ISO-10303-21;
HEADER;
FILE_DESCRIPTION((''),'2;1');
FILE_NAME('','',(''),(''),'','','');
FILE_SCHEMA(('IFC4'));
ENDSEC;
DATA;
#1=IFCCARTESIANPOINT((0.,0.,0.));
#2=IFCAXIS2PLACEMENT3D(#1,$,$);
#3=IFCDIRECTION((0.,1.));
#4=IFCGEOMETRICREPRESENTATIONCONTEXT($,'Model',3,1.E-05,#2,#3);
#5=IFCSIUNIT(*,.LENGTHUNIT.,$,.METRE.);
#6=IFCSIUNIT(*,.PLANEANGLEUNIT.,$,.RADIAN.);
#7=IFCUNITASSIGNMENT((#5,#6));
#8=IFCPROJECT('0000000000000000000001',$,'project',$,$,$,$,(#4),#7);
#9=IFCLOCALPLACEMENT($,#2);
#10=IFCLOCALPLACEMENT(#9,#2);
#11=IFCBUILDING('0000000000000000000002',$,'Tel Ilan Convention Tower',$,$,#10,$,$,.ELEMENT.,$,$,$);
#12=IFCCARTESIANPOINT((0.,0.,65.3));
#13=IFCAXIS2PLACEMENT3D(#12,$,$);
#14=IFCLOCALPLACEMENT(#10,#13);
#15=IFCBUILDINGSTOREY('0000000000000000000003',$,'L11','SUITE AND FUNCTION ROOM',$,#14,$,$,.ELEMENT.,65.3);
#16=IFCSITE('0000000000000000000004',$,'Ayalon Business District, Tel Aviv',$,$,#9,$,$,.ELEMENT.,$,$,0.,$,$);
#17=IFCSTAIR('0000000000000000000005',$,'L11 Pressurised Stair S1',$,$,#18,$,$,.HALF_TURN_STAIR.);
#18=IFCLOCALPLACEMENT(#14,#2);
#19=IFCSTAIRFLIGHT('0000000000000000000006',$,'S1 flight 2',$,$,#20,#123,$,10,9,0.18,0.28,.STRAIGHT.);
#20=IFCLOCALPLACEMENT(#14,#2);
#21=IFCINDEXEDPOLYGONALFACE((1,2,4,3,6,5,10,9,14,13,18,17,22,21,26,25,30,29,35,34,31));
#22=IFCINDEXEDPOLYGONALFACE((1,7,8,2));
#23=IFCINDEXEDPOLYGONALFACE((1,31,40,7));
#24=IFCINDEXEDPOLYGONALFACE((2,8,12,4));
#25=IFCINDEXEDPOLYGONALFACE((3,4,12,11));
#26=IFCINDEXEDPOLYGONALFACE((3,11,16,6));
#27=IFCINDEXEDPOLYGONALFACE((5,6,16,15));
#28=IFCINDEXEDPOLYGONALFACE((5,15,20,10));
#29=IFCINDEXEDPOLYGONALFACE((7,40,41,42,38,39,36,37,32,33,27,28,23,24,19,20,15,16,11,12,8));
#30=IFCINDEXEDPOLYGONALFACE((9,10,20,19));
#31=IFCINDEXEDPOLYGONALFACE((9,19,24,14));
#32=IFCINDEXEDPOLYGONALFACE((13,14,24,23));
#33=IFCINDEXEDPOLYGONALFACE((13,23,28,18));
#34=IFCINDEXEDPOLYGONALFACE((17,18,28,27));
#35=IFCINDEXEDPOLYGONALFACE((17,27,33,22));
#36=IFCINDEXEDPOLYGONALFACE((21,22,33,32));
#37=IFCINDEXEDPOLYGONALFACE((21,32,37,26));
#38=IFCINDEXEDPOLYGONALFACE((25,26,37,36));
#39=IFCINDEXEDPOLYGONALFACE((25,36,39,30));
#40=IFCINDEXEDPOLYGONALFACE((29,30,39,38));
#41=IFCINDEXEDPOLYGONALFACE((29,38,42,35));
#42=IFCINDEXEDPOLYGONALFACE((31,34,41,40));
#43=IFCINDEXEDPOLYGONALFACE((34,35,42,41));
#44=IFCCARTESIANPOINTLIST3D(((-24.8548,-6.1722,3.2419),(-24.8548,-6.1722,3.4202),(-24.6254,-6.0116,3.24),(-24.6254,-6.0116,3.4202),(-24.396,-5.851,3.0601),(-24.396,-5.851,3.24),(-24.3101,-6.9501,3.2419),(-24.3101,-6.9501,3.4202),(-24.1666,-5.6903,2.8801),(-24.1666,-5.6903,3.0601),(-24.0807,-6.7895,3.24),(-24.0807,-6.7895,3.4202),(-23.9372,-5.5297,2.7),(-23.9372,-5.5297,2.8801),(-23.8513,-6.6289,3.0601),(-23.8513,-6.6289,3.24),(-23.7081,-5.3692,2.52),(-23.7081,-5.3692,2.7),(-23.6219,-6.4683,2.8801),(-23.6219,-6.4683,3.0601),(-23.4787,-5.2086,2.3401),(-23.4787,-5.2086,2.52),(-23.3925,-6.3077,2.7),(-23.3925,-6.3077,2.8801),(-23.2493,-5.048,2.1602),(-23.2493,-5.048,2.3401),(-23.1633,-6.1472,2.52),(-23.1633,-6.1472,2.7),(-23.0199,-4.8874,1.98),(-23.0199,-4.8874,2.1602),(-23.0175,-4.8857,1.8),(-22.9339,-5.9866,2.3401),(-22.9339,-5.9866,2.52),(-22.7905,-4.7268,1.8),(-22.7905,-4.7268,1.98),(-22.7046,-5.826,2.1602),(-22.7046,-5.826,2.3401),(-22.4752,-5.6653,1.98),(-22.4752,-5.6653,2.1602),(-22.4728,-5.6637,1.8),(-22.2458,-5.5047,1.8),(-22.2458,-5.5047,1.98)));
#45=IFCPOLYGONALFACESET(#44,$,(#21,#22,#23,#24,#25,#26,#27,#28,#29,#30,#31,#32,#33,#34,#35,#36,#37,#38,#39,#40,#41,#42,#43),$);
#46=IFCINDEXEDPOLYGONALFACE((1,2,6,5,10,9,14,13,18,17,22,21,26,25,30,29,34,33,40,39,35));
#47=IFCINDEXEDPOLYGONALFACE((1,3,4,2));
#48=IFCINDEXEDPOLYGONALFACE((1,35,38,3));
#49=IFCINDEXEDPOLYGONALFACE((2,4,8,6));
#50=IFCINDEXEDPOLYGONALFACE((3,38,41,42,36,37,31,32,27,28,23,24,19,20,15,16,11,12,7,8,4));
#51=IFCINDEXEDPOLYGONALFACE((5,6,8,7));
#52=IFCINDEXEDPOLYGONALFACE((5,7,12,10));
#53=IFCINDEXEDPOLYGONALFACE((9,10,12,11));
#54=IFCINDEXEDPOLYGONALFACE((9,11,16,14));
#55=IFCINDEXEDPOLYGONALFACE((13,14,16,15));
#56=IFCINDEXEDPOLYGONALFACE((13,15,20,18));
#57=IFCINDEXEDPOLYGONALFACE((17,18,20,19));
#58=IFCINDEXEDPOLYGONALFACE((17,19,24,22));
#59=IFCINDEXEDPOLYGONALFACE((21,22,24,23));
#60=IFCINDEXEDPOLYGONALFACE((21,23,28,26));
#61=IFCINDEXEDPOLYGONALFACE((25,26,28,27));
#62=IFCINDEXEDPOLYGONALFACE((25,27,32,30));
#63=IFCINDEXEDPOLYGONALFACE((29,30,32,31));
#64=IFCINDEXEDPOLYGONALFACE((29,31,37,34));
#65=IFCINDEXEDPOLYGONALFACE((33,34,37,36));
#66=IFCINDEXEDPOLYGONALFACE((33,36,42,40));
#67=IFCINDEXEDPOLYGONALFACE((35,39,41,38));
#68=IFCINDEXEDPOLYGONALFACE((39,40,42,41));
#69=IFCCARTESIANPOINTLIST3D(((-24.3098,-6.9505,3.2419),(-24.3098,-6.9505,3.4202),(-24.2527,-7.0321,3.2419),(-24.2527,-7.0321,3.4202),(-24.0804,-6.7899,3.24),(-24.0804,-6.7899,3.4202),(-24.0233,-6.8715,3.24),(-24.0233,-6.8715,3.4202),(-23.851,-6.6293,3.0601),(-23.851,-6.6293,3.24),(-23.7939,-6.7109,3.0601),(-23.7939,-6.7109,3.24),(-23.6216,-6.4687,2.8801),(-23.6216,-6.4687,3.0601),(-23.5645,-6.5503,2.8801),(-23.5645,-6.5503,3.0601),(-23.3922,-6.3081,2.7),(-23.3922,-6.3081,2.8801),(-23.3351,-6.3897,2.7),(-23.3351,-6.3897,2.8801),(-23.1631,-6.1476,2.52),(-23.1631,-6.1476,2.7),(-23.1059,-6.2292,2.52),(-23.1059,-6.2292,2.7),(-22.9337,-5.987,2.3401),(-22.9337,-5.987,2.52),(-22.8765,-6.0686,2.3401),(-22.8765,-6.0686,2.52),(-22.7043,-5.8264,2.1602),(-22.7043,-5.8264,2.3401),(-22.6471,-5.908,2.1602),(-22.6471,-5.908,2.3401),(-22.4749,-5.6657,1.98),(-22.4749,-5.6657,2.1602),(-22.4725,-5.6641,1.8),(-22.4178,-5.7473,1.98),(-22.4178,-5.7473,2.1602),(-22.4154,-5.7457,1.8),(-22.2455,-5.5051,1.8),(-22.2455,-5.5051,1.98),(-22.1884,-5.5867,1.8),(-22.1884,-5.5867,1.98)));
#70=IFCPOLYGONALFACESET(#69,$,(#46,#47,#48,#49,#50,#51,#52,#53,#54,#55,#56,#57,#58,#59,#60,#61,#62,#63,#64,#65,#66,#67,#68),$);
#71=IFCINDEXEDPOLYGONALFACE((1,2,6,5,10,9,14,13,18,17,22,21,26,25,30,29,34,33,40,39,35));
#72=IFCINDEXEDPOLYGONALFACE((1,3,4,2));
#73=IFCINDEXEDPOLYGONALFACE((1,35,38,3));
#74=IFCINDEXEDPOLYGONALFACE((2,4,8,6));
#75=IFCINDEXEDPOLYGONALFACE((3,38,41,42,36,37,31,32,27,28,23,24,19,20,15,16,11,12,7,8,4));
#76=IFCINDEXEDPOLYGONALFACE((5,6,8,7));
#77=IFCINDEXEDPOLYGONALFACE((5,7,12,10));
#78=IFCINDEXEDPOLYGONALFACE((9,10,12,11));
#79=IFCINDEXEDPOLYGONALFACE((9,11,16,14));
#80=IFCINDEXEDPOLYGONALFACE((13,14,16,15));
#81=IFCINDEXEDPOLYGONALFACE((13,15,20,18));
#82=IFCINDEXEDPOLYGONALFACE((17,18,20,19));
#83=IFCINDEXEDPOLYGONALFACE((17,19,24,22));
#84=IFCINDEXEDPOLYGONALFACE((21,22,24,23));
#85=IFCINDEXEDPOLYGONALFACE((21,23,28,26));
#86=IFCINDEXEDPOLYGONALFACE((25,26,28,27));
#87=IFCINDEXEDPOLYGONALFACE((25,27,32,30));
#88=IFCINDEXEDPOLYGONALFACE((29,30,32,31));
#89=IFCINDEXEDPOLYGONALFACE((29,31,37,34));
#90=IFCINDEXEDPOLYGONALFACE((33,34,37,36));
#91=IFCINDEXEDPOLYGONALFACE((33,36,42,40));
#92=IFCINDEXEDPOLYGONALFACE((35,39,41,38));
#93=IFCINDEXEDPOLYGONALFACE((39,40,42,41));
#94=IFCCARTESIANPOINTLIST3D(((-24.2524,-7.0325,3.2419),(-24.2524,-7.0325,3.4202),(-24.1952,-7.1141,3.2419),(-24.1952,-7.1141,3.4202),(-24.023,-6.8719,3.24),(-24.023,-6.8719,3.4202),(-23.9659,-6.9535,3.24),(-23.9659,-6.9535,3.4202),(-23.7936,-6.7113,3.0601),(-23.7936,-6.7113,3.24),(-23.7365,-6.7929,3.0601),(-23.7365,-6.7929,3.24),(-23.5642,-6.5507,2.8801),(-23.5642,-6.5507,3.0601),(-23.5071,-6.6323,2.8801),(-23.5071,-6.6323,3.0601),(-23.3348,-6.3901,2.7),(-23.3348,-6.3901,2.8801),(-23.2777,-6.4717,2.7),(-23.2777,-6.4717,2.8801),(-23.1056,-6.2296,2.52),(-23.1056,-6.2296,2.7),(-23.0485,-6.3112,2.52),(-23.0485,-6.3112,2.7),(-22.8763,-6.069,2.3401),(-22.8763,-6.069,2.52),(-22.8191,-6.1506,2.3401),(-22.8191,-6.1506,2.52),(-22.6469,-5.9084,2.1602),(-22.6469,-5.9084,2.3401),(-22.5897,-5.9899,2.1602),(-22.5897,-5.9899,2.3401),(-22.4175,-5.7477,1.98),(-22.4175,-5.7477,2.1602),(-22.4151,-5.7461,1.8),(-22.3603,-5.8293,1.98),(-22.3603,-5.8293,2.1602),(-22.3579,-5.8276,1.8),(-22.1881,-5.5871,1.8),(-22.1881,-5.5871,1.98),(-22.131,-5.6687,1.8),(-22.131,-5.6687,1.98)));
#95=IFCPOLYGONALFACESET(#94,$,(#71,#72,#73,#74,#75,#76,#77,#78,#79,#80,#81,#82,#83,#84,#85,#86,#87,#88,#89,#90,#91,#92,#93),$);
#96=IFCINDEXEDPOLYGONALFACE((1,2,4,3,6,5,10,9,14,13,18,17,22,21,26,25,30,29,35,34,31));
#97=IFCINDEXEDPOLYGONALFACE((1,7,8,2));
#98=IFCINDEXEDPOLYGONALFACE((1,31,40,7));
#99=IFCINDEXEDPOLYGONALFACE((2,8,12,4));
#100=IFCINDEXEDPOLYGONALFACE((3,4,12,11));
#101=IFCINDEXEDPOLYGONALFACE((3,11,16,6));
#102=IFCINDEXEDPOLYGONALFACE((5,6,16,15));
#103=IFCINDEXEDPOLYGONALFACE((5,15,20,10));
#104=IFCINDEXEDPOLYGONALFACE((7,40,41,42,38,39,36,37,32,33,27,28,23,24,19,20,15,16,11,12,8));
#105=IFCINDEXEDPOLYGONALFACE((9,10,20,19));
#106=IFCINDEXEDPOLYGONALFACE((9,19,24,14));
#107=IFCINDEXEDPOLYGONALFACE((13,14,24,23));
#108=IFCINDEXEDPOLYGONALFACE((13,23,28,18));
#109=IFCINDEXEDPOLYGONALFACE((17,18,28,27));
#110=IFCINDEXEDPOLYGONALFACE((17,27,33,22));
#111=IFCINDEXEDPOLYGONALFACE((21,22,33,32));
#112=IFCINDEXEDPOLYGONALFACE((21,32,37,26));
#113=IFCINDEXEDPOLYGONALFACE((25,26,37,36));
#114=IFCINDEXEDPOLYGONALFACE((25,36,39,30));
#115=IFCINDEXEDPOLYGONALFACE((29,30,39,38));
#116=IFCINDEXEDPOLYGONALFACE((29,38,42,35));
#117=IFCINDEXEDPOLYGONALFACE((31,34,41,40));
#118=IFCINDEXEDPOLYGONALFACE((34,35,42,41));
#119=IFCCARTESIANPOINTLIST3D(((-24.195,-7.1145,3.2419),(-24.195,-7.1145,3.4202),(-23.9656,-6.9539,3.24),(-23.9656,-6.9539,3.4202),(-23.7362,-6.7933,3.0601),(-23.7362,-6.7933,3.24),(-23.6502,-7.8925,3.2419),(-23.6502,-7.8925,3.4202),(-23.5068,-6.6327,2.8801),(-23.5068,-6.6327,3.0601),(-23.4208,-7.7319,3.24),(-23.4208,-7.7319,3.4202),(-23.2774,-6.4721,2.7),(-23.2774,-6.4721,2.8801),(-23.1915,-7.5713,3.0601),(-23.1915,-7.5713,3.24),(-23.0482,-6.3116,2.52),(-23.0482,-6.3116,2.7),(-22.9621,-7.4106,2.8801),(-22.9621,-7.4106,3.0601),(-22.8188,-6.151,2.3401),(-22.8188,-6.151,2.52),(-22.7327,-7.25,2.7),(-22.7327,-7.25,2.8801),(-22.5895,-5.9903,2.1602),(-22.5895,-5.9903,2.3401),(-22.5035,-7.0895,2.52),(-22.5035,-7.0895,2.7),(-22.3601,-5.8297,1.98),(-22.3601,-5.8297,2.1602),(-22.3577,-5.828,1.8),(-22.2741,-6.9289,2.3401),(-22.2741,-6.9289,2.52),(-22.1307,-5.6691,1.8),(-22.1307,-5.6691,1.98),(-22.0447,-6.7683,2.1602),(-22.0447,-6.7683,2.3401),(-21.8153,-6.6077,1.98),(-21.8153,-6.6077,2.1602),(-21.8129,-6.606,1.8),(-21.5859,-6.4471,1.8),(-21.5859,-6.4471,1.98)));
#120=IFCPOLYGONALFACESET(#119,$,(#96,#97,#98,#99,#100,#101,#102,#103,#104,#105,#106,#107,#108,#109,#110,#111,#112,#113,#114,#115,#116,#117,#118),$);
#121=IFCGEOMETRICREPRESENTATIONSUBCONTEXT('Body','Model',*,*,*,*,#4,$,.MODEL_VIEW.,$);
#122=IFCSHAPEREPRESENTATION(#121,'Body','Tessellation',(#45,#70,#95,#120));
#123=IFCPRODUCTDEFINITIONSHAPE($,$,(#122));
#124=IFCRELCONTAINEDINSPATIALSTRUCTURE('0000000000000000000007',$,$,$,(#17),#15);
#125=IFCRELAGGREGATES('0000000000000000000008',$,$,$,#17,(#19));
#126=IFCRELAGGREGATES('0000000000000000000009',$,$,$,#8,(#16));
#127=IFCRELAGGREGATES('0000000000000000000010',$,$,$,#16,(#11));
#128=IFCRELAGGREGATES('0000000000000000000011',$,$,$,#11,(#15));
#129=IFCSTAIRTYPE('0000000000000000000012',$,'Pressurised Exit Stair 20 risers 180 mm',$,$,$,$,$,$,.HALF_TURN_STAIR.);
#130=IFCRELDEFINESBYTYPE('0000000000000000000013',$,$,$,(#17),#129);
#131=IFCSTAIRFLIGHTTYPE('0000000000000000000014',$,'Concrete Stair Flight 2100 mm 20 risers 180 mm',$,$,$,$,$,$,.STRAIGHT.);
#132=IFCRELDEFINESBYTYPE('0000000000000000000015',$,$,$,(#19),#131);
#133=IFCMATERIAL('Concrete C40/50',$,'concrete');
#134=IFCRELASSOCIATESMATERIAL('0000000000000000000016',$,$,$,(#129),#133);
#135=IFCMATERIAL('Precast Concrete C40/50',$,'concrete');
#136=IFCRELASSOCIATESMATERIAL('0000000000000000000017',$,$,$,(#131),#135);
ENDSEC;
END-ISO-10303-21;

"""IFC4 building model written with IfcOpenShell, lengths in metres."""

from ifc_helpers import new_model, si_unit, direction, frame, origin, place, context, subcontext, project, spatial, polyline, outline, extrude, material, type_object, element, aggregate, save


model = new_model("IFC4")

# Units and contexts
model_context = context("Model", 3, precision=1e-05, world=origin(), true_north=direction((0.0, 1.0)))
body_context = subcontext(model_context, "Body", "Model", "MODEL_VIEW")
ifc_project = project(units=[si_unit("LENGTHUNIT", "METRE"), si_unit("PLANEANGLEUNIT", "RADIAN")], contexts=[model_context])

# Site, building, storey
site_placement = place(None, origin())
site = spatial("IfcSite", under=ifc_project, at=site_placement, Name="Ayalon Business District, Tel Aviv", CompositionType="ELEMENT", RefElevation=0.0)
building_placement = place(site_placement, origin())
building = spatial("IfcBuilding", under=site, at=building_placement, Name="Tel Ilan Convention Tower", CompositionType="ELEMENT")
storey_placement = place(building_placement, frame((0.0, 0.0, 65.3)))
storey = spatial("IfcBuildingStorey", under=building, at=storey_placement, Name="L11", Description="SUITE AND FUNCTION ROOM", CompositionType="ELEMENT", Elevation=65.3)

# Stair, stair flight
ifc_material_1 = material(Name="Concrete C40/50", Category="concrete")
stair_type = type_object("IfcStairType", Name="Pressurised Exit Stair 20 risers 180 mm", PredefinedType="HALF_TURN_STAIR", material=ifc_material_1)
stair_1_placement = place(storey_placement, origin())
stair_1 = element("IfcStair", 1, at=stair_1_placement, inside=storey, type_object=stair_type, Name="L11 Pressurised Stair S1", PredefinedType="HALF_TURN_STAIR")
ifc_material_2 = material(Name="Precast Concrete C40/50", Category="concrete")
stair_flight_type = type_object("IfcStairFlightType", Name="Concrete Stair Flight 2100 mm 20 risers 180 mm", PredefinedType="STRAIGHT", material=ifc_material_2)
stair_flight_1_placement = place(storey_placement, frame((-22.1882, -5.5869, 1.8), z_axis=(0.0, 0.0, 1.0), x_axis=(-0.819152, -0.573576, 0.0)))
stair_flight_1 = element("IfcStairFlight", 2, at=stair_flight_1_placement, type_object=stair_flight_type, Name="S1 flight 2", NumberOfRisers=10, NumberOfTreads=9, PredefinedType="STRAIGHT", RiserHeight=0.18, TreadLength=0.28, context=body_context, shape_type="SweptSolid", body=[
    extrude(outline(polyline([(0.0, 0.0), (0.0, 0.1799), (0.28, 0.1799), (0.28, 0.3601), (0.5601, 0.3601), (0.5601, 0.54), (0.8401, 0.54), (0.8401, 0.72), (1.1201, 0.72), (1.1201, 0.8999), (1.3999, 0.8999), (1.3999, 1.0801), (1.6799, 1.0801), (1.6799, 1.26), (1.96, 1.26), (1.96, 1.4399), (2.24, 1.4399), (2.24, 1.6201), (2.52, 1.6201), (2.52, 1.8), (2.52, 1.4419), (0.2771, 0.0), (0.0, 0.0)])), frame((0.0, -0.1003, 0.0), z_axis=(0.0, -1.0, 0.0), x_axis=(1.0, 0.0, 0.0)), (0.0, 0.0, 1.0), 0.9497),
    extrude(outline(polyline([(0.0, 0.0), (0.0, 0.1799), (0.28, 0.1799), (0.28, 0.3601), (0.5601, 0.3601), (0.5601, 0.54), (0.8401, 0.54), (0.8401, 0.72), (1.1201, 0.72), (1.1201, 0.8999), (1.3999, 0.8999), (1.3999, 1.0801), (1.6799, 1.0801), (1.6799, 1.26), (1.96, 1.26), (1.96, 1.4399), (2.24, 1.4399), (2.24, 1.6201), (2.52, 1.6201), (2.52, 1.8), (2.52, 1.4419), (0.2771, 0.0), (0.0, 0.0)])), frame((0.0, -0.0002, 0.0), z_axis=(0.0, -1.0, 0.0), x_axis=(1.0, 0.0, 0.0)), (0.0, 0.0, 1.0), 0.0996),
    extrude(outline(polyline([(0.0, 0.0), (0.0, 0.1799), (0.28, 0.1799), (0.28, 0.3601), (0.5601, 0.3601), (0.5601, 0.54), (0.8401, 0.54), (0.8401, 0.72), (1.1201, 0.72), (1.1201, 0.8999), (1.3999, 0.8999), (1.3999, 1.0801), (1.6799, 1.0801), (1.6799, 1.26), (1.96, 1.26), (1.96, 1.4399), (2.24, 1.4399), (2.24, 1.6201), (2.52, 1.6201), (2.52, 1.8), (2.52, 1.4419), (0.2771, 0.0), (0.0, 0.0)])), frame((0.0, 0.0999, 0.0), z_axis=(0.0, -1.0, 0.0), x_axis=(1.0, 0.0, 0.0)), (0.0, 0.0, 1.0), 0.0996),
    extrude(outline(polyline([(0.0, 0.0), (0.0, 0.1799), (0.28, 0.1799), (0.28, 0.3601), (0.5601, 0.3601), (0.5601, 0.54), (0.8401, 0.54), (0.8401, 0.72), (1.1201, 0.72), (1.1201, 0.8999), (1.3999, 0.8999), (1.3999, 1.0801), (1.6799, 1.0801), (1.6799, 1.26), (1.96, 1.26), (1.96, 1.4399), (2.24, 1.4399), (2.24, 1.6201), (2.52, 1.6201), (2.52, 1.8), (2.52, 1.4419), (0.2771, 0.0), (0.0, 0.0)])), frame((0.0, 1.05, 0.0), z_axis=(0.0, -1.0, 0.0), x_axis=(1.0, 0.0, 0.0)), (0.0, 0.0, 1.0), 0.9497),
])
aggregate(stair_1, [stair_flight_1])

save(model, "model.ifc")
